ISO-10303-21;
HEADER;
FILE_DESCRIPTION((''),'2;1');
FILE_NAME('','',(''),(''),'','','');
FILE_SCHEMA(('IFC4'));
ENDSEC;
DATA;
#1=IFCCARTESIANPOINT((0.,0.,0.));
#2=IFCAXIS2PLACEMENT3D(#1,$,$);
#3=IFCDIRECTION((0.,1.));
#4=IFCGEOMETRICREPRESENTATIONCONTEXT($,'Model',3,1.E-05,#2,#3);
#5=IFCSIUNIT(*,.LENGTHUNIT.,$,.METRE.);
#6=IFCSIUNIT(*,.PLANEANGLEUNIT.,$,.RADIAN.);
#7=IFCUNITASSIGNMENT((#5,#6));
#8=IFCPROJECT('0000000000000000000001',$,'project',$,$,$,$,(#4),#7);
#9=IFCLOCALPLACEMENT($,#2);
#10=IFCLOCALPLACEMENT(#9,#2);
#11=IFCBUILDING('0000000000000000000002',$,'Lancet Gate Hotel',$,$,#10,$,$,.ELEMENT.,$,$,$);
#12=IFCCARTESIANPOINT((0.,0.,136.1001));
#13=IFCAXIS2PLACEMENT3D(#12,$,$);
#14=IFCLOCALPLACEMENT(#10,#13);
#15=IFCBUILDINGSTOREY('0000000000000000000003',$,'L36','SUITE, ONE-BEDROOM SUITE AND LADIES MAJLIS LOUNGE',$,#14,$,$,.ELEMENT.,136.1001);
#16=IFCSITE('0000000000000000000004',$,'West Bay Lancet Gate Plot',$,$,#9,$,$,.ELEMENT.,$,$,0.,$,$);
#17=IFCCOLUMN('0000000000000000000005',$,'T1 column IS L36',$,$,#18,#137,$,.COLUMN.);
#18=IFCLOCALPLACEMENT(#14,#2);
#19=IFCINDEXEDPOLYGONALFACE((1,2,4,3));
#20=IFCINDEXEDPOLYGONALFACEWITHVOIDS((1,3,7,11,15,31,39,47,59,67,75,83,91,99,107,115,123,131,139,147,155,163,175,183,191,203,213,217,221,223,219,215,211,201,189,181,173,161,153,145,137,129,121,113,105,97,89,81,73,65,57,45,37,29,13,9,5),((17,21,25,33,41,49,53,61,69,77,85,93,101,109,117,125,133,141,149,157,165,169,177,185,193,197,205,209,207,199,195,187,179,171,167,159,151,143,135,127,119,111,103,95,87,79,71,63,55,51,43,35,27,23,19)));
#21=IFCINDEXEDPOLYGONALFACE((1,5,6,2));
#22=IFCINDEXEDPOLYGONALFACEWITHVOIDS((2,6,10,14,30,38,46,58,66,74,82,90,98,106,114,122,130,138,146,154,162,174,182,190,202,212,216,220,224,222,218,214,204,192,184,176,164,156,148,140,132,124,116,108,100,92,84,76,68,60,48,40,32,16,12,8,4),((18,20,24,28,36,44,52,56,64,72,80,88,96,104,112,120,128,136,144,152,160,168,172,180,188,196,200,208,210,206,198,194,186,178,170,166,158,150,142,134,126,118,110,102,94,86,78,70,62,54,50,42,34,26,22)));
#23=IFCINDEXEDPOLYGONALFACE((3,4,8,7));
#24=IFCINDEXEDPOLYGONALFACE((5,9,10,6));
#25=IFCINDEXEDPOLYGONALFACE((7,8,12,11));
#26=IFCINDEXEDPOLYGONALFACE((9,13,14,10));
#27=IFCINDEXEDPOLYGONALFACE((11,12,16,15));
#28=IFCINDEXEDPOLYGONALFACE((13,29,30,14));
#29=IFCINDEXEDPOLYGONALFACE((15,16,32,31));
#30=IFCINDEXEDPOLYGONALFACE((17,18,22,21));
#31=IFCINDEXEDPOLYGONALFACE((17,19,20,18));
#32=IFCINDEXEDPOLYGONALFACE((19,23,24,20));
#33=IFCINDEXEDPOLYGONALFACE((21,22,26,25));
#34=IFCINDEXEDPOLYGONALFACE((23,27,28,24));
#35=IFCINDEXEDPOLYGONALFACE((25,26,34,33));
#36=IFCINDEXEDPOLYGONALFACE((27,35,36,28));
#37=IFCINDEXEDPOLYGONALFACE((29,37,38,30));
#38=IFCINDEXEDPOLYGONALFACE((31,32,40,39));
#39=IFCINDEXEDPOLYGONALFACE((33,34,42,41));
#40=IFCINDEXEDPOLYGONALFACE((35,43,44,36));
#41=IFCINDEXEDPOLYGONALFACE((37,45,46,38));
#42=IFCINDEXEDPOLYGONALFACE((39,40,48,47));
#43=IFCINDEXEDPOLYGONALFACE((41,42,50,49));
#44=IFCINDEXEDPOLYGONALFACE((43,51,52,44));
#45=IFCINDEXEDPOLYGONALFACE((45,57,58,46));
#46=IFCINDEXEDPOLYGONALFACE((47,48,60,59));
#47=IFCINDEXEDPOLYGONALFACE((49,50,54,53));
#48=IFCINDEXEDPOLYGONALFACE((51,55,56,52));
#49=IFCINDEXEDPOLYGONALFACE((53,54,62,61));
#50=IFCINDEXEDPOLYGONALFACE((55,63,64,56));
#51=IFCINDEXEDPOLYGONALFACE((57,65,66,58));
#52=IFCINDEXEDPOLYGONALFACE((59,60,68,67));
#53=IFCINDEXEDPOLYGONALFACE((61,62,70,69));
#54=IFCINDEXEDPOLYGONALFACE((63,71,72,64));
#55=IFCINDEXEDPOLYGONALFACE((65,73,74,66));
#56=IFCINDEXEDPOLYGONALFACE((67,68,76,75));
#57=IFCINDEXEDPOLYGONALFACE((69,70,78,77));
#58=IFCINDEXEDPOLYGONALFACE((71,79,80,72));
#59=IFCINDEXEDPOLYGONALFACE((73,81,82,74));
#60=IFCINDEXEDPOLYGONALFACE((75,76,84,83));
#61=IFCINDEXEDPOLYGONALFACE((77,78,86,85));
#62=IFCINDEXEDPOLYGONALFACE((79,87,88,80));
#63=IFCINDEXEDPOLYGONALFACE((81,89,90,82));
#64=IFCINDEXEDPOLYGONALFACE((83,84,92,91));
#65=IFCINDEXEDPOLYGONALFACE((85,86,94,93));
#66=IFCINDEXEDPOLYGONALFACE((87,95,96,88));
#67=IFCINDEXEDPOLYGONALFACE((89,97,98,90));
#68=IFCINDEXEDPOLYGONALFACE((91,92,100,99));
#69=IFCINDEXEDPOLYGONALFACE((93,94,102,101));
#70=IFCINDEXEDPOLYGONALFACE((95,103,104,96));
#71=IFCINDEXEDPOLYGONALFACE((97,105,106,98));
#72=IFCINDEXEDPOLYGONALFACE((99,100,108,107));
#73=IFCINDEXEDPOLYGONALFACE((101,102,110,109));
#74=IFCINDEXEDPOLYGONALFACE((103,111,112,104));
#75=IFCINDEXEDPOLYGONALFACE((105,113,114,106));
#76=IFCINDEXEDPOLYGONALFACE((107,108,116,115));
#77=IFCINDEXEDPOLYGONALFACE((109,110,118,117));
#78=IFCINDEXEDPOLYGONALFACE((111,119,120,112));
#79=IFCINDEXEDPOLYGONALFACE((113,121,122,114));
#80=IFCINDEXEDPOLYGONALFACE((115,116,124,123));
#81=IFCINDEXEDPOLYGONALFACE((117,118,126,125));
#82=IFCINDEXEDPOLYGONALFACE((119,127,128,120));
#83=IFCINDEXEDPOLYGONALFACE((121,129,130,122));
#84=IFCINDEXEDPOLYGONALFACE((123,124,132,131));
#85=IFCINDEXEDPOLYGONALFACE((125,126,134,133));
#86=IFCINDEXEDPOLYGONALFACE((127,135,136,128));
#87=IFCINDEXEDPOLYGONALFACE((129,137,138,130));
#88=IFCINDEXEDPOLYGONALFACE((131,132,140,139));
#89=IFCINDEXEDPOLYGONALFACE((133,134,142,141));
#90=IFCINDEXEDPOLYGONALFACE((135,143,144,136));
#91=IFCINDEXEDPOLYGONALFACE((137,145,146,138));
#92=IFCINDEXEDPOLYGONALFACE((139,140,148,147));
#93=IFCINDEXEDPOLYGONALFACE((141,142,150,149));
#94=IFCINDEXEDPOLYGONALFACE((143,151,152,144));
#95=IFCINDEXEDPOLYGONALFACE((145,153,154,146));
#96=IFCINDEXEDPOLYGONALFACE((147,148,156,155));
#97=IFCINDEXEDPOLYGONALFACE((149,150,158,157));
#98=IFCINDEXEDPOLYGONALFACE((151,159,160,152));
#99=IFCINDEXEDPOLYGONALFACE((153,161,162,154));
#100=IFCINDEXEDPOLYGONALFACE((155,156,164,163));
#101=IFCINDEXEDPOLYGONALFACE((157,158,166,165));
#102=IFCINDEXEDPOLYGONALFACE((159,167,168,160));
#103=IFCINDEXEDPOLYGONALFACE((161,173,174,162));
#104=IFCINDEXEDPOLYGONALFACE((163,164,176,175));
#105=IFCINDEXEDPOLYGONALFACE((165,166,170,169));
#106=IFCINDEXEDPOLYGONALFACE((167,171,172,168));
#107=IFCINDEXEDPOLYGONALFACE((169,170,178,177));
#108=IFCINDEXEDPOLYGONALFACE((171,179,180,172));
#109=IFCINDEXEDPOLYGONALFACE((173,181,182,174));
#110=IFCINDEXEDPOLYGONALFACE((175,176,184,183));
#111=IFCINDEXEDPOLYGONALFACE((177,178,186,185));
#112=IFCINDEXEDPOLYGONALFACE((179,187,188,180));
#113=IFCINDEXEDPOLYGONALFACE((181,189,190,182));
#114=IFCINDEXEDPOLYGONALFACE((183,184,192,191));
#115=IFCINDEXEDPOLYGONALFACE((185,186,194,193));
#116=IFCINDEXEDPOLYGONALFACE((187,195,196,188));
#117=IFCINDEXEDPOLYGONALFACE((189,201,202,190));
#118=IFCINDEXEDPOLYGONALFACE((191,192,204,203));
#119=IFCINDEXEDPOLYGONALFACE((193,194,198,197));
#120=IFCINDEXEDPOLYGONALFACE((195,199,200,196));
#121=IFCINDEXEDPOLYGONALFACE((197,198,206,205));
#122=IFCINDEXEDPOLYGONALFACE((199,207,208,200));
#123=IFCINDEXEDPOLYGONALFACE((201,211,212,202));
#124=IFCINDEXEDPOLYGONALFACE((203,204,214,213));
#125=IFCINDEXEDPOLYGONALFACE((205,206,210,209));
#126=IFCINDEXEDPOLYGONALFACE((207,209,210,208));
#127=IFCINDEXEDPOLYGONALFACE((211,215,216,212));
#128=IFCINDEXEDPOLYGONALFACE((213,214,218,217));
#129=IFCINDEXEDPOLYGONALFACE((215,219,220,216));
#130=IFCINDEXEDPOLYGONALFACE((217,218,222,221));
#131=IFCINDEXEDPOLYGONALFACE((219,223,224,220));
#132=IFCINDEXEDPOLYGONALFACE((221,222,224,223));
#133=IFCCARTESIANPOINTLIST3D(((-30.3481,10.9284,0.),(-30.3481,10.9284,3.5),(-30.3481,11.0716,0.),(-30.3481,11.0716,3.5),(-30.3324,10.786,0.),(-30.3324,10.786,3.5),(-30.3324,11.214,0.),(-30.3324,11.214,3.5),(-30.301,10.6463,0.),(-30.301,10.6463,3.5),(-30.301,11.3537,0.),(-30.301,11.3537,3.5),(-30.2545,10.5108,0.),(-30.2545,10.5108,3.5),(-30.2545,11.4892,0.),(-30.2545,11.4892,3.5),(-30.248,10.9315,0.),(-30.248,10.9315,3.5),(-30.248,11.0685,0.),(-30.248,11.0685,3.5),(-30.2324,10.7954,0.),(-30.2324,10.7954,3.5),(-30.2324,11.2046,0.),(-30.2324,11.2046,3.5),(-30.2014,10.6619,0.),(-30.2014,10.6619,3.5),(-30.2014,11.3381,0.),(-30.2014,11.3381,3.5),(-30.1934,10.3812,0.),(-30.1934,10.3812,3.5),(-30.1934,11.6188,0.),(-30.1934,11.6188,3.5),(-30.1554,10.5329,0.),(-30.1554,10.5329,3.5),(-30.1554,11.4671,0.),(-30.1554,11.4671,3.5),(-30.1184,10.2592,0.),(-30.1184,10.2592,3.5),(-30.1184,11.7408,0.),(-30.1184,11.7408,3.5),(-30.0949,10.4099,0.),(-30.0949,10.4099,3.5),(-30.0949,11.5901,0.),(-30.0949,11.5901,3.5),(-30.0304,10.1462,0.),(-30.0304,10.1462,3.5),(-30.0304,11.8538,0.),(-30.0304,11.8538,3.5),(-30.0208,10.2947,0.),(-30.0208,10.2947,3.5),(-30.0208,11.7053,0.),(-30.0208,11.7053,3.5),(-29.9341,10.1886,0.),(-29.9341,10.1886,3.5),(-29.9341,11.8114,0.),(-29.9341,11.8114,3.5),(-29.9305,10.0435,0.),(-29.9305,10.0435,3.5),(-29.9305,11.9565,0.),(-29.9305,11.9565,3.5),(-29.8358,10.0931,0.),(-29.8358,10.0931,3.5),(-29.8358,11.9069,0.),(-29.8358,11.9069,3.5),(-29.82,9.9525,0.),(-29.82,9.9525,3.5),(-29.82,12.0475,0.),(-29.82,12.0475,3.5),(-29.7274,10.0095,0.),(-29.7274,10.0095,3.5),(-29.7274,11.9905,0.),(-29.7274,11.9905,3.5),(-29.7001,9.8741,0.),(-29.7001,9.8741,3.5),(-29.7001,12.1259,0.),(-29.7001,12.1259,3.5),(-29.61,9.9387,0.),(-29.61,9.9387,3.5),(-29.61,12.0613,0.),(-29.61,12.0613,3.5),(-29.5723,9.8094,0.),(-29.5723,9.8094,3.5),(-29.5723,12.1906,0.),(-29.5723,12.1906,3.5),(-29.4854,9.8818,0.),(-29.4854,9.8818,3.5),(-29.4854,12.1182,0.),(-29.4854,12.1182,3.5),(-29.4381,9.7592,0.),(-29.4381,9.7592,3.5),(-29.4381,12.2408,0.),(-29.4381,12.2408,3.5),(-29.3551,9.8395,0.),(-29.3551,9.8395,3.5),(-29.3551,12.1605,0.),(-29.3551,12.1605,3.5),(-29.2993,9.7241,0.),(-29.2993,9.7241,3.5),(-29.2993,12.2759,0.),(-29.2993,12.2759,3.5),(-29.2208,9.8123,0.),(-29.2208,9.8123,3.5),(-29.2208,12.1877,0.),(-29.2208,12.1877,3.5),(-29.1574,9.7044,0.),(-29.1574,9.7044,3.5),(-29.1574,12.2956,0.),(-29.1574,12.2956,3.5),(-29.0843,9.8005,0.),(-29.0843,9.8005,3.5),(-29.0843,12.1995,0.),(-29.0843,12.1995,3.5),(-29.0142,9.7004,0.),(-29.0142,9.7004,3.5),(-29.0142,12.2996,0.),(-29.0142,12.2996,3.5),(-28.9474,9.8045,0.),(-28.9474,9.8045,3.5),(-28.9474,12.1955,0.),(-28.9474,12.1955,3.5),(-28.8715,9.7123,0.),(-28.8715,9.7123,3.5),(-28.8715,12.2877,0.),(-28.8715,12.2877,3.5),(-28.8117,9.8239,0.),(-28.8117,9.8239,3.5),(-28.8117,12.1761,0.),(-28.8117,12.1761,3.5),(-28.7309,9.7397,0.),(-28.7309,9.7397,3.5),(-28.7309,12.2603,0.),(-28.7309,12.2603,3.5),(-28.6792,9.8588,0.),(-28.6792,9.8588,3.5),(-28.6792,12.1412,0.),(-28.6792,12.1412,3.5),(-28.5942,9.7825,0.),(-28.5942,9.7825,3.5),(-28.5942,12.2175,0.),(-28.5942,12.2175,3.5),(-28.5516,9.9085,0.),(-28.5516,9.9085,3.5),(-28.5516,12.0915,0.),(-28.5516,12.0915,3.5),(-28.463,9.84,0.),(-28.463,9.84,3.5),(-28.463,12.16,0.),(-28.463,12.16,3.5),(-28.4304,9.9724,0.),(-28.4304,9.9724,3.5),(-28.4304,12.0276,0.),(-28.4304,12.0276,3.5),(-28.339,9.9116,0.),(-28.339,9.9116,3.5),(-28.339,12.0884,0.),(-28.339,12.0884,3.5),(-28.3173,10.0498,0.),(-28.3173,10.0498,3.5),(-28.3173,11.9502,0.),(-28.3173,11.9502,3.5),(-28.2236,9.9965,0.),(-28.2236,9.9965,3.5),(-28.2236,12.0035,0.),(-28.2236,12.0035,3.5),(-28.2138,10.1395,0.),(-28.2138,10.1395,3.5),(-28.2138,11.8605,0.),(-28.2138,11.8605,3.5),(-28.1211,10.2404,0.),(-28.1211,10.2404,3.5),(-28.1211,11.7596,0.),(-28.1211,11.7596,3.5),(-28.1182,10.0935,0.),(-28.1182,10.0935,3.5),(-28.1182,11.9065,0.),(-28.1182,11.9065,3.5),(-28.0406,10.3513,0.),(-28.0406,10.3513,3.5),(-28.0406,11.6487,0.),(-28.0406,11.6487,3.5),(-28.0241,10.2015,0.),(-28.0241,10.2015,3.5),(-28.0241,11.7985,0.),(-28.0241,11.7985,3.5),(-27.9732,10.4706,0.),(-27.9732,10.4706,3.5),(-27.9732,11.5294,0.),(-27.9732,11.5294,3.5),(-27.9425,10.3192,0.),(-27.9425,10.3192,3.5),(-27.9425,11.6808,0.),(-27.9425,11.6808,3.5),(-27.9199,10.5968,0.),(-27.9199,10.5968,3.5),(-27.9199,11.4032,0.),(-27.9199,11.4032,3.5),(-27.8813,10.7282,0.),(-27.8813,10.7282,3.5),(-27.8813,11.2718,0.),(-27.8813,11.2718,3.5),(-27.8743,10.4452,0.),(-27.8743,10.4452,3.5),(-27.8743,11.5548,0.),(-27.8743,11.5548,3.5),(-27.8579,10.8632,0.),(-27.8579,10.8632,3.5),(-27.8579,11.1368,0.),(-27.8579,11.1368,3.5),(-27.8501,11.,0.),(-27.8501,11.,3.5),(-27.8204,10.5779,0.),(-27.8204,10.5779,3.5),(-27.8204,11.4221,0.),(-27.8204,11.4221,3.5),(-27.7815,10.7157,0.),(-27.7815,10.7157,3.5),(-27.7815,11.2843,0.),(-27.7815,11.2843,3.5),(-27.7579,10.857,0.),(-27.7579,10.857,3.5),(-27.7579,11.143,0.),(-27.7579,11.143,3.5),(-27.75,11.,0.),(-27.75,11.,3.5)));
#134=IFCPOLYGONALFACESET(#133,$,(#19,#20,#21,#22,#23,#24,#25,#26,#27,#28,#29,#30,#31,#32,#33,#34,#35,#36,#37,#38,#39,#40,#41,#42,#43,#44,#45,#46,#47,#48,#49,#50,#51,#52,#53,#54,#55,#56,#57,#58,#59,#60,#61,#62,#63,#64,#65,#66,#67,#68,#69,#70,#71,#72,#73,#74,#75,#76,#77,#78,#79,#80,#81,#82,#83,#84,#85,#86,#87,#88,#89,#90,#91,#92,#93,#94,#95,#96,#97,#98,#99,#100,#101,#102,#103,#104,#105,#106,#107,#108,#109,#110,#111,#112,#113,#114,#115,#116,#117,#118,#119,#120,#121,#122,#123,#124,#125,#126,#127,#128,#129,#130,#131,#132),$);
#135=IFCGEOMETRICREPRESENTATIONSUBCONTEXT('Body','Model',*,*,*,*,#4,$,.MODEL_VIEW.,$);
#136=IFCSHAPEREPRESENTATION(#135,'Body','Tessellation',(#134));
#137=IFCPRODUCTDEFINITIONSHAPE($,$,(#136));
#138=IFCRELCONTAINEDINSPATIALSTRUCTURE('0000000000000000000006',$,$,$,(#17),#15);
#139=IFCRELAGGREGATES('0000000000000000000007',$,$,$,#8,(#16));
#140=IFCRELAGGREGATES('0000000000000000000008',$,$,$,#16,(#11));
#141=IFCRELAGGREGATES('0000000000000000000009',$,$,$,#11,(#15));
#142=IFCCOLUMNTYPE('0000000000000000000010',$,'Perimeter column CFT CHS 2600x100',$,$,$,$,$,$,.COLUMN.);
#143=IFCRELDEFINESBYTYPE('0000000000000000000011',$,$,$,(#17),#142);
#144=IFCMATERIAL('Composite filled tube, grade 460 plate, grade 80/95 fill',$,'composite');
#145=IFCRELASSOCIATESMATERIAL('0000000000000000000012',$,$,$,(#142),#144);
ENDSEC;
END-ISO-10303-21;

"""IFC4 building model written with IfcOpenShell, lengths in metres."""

from ifc_helpers import new_model, si_unit, direction, frame, origin, origin_2d, place, context, subcontext, project, spatial, hollow_circle, extrude, material, material_profile, profile_set, type_object, element, save


model = new_model("IFC4")

# Units and contexts
model_context = context("Model", 3, precision=1e-05, world=origin(), true_north=direction((0.0, 1.0)))
body_context = subcontext(model_context, "Body", "Model", "MODEL_VIEW")
ifc_project = project(units=[si_unit("LENGTHUNIT", "METRE"), si_unit("PLANEANGLEUNIT", "RADIAN")], contexts=[model_context])

# Site, building, storey
site_placement = place(None, origin())
site = spatial("IfcSite", under=ifc_project, at=site_placement, Name="West Bay Lancet Gate Plot", CompositionType="ELEMENT", RefElevation=0.0)
building_placement = place(site_placement, origin())
building = spatial("IfcBuilding", under=site, at=building_placement, Name="Lancet Gate Hotel", CompositionType="ELEMENT")
storey_placement = place(building_placement, frame((0.0, 0.0, 136.1001)))
storey = spatial("IfcBuildingStorey", under=building, at=storey_placement, Name="L36", Description="SUITE, ONE-BEDROOM SUITE AND LADIES MAJLIS LOUNGE", CompositionType="ELEMENT", Elevation=136.1001)

# Column
ifc_material_1 = material(Name="Composite filled tube, grade 460 plate, grade 80/95 fill", Category="composite")
ifc_material_profile_1 = material_profile(ifc_material_1, hollow_circle(Radius=1.3, WallThickness=0.1001, at=origin_2d()), Name="CHS 2600x100")
ifc_profile_set_1 = profile_set([ifc_material_profile_1], Name="Composite filled tube, grade 460 plate, grade 80/95 fill")
column_type = type_object("IfcColumnType", Name="Perimeter column CFT CHS 2600x100", PredefinedType="COLUMN", material=ifc_profile_set_1)
for number, where, z_axis, x_axis, name in (
    (1, (-29.05, 11.0, 0.0), (0.0, 0.0, 1.0), (1.0, 0.0, 0.0), "T1 column IS L36"),
):
    element("IfcColumn", number, at=place(storey_placement, frame(where, z_axis=z_axis, x_axis=x_axis)), inside=storey, type_object=column_type, Name=name, PredefinedType="COLUMN", context=body_context, shape_type="SweptSolid", body=[
        extrude(hollow_circle(Radius=1.3, WallThickness=0.1001, at=origin_2d()), origin(), (0.0, 0.0, 1.0), 3.5),
    ])

save(model, "model.ifc")
